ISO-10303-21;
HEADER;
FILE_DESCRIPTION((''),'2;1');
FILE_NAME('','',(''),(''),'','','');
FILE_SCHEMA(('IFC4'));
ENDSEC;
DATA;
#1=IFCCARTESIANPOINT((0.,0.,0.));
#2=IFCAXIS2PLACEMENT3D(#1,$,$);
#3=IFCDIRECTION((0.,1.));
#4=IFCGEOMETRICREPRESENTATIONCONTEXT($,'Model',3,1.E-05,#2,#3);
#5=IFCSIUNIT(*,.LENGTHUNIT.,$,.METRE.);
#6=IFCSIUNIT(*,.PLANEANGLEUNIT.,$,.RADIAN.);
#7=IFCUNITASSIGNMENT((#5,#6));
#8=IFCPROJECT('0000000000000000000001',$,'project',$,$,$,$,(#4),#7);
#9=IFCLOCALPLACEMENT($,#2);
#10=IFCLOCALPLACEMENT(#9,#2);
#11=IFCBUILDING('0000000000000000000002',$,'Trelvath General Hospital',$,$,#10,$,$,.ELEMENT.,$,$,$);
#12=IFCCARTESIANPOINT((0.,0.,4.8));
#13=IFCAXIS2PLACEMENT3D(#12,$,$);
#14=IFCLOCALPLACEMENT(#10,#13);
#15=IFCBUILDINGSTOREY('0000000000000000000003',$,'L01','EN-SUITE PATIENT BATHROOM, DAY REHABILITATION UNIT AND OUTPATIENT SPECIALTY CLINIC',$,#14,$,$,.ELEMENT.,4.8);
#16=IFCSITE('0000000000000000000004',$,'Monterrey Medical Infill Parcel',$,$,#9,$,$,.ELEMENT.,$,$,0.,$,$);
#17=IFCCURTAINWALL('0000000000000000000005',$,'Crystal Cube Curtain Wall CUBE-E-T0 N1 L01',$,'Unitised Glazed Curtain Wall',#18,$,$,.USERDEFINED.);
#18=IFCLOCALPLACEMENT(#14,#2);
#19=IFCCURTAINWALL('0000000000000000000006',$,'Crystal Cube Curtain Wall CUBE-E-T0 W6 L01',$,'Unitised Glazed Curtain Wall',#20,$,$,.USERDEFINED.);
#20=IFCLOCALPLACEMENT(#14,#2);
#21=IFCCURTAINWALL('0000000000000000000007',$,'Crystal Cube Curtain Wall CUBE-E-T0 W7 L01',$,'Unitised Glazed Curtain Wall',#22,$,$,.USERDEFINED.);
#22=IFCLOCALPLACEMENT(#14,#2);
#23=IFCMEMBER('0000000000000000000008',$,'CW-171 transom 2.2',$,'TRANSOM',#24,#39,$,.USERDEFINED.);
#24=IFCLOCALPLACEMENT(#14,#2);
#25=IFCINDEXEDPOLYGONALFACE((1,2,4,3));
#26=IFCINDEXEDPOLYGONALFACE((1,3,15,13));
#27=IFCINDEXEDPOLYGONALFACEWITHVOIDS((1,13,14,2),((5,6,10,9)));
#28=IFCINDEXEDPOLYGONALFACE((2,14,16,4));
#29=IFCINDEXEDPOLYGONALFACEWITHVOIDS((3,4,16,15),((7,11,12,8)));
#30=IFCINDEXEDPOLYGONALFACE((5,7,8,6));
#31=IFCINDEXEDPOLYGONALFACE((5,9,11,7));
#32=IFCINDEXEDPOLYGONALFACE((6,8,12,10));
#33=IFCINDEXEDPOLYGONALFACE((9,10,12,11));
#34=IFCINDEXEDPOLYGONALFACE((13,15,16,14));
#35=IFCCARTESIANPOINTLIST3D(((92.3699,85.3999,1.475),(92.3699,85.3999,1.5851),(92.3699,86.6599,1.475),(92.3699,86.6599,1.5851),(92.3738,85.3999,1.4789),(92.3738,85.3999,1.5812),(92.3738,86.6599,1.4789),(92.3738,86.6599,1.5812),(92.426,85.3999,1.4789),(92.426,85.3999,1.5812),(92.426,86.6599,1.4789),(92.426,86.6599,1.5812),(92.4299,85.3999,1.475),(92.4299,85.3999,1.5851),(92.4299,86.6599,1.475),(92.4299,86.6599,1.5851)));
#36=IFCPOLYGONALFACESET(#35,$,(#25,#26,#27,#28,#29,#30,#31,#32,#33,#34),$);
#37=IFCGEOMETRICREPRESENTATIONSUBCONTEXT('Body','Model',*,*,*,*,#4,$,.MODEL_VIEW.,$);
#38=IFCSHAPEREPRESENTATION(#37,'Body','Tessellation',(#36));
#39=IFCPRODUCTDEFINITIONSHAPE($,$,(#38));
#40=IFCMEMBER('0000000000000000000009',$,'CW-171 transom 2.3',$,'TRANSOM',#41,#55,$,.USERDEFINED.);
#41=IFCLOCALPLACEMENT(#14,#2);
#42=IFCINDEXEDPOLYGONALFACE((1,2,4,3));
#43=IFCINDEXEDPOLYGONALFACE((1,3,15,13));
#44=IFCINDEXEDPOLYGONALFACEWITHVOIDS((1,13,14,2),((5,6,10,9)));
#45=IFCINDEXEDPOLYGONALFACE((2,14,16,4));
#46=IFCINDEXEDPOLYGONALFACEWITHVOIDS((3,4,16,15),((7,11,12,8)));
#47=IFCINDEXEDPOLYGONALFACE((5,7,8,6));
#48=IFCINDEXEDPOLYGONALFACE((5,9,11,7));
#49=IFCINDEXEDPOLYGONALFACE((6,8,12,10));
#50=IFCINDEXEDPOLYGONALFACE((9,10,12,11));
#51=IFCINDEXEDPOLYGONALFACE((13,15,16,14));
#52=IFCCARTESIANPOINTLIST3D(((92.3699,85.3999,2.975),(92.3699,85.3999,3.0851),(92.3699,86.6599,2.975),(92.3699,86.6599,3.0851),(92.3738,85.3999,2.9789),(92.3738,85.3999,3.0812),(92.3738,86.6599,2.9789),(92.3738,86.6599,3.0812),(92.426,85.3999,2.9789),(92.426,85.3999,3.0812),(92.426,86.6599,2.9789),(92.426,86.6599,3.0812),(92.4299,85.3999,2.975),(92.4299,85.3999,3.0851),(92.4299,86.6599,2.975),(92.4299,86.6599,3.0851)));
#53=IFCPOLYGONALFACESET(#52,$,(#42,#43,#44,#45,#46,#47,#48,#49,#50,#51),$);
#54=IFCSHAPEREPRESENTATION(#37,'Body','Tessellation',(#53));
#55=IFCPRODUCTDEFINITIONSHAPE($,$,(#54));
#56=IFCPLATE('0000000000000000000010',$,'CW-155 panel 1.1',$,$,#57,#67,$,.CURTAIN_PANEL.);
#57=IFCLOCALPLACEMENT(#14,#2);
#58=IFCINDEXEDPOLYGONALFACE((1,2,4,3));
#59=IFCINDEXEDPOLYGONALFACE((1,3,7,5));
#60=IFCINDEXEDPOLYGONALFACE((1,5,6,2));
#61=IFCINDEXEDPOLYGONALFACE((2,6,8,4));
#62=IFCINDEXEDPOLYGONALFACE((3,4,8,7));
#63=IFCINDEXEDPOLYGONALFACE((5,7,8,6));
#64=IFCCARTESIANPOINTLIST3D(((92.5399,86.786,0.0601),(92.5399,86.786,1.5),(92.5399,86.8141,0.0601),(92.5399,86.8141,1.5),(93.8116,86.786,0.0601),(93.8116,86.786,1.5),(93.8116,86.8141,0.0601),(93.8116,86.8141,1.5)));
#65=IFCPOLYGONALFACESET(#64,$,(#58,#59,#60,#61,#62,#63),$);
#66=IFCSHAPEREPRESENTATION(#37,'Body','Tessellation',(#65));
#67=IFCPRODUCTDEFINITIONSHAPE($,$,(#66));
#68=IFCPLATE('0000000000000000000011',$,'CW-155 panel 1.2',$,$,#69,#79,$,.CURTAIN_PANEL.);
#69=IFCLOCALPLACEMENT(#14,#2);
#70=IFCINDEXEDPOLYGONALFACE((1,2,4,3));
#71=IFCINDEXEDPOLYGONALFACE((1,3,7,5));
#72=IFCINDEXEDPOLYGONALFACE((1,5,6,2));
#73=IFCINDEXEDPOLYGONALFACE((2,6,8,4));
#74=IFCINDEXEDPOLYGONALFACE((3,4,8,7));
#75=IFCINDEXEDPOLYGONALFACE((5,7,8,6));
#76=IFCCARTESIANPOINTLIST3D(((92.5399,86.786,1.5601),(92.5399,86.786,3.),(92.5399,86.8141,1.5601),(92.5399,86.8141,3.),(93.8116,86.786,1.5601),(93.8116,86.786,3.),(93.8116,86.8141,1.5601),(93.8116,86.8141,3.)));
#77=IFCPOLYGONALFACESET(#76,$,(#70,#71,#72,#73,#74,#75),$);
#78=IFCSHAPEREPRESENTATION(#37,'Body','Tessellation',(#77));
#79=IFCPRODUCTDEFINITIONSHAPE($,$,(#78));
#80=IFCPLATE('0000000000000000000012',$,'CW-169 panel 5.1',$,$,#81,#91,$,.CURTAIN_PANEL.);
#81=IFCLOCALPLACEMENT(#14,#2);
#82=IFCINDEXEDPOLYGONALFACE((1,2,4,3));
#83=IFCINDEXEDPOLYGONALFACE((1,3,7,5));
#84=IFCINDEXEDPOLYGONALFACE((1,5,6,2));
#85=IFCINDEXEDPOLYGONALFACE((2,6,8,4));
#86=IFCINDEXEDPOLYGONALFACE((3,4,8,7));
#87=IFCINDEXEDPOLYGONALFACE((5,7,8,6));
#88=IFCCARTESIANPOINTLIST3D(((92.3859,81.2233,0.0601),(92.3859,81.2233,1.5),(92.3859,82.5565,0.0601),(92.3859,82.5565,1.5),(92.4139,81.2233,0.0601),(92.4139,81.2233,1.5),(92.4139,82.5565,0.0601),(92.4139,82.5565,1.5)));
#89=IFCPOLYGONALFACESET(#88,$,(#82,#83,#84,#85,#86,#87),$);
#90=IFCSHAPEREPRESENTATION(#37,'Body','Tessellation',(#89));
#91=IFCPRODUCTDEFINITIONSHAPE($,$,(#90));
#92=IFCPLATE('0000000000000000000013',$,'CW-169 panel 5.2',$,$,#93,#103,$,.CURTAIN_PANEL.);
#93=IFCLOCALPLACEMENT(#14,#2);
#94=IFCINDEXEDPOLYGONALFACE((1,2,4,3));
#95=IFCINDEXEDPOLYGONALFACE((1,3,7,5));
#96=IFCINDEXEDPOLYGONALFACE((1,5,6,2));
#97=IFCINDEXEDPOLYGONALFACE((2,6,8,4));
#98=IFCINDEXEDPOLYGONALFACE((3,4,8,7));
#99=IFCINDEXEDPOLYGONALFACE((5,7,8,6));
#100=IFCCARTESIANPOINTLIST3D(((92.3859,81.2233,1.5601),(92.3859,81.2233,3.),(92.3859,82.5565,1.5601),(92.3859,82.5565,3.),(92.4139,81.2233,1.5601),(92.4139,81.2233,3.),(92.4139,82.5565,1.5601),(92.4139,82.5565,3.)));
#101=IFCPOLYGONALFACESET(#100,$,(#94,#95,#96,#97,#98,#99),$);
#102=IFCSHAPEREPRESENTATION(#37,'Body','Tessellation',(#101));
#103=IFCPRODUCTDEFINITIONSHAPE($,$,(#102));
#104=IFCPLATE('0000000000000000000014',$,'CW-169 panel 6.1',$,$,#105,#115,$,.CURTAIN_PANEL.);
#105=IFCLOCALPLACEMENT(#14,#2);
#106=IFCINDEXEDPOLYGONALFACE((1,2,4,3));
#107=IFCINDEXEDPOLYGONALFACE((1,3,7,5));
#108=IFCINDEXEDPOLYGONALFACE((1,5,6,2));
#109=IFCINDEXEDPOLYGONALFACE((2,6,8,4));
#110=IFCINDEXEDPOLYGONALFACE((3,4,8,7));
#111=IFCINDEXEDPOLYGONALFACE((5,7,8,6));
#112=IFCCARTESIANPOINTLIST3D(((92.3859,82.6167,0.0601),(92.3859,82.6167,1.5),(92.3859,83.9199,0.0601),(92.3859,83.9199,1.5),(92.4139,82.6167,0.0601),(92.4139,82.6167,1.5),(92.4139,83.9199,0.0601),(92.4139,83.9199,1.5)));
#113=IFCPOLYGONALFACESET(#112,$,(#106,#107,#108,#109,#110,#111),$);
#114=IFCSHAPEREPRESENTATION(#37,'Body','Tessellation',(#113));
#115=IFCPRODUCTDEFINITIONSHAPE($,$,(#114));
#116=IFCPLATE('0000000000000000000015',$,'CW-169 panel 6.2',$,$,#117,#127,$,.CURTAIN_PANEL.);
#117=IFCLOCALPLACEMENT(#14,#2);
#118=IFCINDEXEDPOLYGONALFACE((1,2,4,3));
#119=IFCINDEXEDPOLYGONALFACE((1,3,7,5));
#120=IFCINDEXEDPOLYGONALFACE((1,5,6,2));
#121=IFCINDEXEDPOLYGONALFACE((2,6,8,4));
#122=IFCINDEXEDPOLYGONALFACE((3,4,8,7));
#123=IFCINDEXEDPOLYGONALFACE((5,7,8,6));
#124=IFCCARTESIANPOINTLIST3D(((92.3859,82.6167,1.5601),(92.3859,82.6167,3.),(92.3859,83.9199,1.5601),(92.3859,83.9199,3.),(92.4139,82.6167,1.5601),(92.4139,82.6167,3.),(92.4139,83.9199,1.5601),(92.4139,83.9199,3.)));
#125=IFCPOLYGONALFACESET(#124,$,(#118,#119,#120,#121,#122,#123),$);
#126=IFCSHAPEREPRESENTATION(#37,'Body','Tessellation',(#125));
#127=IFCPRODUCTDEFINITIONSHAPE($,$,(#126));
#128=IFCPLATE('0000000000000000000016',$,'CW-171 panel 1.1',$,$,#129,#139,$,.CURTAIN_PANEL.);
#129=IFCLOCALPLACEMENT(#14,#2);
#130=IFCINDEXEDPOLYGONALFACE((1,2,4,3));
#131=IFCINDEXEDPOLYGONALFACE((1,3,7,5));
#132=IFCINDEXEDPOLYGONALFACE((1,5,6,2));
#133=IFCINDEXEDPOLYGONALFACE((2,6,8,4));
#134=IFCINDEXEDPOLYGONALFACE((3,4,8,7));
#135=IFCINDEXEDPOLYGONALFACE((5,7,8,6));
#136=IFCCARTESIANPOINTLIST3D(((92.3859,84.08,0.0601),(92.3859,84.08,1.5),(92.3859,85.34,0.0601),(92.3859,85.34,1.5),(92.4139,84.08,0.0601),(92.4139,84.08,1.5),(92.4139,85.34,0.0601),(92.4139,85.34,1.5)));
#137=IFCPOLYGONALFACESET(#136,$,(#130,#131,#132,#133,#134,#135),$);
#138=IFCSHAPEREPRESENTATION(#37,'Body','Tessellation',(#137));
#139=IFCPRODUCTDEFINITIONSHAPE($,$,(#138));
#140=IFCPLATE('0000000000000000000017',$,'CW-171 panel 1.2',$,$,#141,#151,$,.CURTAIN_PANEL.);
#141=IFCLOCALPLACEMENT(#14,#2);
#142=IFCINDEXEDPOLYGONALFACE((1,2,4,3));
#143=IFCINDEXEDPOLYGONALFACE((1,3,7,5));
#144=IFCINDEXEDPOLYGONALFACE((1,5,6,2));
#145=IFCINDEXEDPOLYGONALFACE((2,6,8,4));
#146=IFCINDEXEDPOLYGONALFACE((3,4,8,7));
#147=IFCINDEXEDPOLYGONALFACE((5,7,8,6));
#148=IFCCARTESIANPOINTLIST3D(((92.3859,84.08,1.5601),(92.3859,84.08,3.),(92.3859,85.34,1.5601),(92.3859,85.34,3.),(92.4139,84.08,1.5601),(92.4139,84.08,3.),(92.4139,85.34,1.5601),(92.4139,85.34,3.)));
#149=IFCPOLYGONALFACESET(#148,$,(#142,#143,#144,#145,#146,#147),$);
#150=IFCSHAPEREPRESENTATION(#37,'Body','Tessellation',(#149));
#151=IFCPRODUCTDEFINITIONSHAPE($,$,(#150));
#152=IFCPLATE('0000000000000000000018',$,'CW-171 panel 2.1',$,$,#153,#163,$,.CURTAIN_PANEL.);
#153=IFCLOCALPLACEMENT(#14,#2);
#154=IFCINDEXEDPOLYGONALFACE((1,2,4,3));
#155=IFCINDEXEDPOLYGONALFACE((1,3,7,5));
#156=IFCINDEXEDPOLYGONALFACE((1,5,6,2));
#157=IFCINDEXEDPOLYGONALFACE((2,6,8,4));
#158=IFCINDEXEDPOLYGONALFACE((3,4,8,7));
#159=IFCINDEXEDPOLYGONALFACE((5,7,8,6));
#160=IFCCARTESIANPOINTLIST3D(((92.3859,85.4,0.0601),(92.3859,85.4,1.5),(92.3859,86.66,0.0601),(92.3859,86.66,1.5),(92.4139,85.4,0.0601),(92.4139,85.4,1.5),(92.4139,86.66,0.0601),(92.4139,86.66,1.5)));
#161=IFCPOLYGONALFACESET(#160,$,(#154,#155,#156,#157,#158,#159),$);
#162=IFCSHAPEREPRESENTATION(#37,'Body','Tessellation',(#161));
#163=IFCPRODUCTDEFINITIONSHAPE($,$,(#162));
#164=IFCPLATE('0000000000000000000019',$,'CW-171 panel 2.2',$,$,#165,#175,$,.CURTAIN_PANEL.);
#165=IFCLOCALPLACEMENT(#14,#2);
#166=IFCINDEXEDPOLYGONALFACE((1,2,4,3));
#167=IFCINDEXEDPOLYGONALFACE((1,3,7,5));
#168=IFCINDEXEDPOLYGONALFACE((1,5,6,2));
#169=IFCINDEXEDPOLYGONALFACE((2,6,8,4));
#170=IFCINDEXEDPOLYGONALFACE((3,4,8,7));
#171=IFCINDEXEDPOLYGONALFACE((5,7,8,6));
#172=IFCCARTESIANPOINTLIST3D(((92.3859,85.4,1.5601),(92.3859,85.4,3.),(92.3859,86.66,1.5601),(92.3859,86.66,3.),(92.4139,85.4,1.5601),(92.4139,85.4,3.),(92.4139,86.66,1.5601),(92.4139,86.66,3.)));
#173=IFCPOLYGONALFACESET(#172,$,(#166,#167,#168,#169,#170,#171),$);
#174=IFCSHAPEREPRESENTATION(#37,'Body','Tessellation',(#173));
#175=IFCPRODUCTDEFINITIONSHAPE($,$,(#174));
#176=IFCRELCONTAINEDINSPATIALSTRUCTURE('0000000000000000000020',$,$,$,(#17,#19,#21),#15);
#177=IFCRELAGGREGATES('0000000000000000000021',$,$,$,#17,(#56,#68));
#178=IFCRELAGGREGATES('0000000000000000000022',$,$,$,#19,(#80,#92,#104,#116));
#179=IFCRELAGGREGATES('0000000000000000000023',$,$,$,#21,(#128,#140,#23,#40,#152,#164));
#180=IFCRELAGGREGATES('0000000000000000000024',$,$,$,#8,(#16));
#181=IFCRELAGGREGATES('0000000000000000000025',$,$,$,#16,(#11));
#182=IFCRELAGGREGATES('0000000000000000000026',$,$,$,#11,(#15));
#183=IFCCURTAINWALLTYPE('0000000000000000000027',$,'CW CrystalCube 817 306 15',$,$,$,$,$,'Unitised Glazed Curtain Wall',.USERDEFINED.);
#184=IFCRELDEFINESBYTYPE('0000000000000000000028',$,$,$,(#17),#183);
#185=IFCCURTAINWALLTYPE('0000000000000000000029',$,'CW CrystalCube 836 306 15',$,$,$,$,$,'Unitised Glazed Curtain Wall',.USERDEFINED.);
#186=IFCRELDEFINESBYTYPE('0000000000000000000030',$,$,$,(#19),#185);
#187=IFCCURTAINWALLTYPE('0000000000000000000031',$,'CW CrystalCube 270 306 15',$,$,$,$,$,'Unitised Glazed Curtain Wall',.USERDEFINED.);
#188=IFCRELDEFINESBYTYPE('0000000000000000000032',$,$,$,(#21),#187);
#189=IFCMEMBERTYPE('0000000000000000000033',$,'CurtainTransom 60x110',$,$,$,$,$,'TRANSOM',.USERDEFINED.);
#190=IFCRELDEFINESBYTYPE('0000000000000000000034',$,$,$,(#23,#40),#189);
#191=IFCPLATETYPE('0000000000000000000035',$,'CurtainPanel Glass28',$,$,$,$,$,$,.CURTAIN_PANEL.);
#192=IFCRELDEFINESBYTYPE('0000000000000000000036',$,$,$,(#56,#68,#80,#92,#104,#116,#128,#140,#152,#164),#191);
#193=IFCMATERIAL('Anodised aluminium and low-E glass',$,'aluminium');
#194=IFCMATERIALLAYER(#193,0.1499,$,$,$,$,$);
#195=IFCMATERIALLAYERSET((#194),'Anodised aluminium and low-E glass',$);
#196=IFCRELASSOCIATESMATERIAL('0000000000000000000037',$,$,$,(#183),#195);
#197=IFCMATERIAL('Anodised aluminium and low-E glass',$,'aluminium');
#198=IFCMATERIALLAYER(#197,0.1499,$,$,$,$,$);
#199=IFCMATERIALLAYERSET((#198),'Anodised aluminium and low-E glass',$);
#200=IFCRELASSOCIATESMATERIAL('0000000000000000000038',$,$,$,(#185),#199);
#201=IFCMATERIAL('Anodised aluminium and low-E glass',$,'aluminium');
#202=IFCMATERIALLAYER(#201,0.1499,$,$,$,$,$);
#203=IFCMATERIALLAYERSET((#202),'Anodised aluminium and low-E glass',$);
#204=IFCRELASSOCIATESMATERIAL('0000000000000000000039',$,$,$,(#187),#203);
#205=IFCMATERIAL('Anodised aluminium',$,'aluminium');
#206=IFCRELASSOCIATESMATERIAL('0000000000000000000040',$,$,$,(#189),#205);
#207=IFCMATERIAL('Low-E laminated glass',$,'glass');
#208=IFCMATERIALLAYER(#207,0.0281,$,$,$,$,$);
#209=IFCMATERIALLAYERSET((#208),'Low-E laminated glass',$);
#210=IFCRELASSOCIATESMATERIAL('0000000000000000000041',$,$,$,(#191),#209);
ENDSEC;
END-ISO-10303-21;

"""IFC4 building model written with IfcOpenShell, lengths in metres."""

from ifc_helpers import new_model, si_unit, direction, frame, origin, origin_2d, place, context, subcontext, project, spatial, rectangle, hollow_rectangle, extrude, material, layer, layer_set, material_profile, profile_set, type_object, element, aggregate, save


model = new_model("IFC4")

# Units and contexts
model_context = context("Model", 3, precision=1e-05, world=origin(), true_north=direction((0.0, 1.0)))
body_context = subcontext(model_context, "Body", "Model", "MODEL_VIEW")
ifc_project = project(units=[si_unit("LENGTHUNIT", "METRE"), si_unit("PLANEANGLEUNIT", "RADIAN")], contexts=[model_context])

# Site, building, storey
site_placement = place(None, origin())
site = spatial("IfcSite", under=ifc_project, at=site_placement, Name="Monterrey Medical Infill Parcel", CompositionType="ELEMENT", RefElevation=0.0)
building_placement = place(site_placement, origin())
building = spatial("IfcBuilding", under=site, at=building_placement, Name="Trelvath General Hospital", CompositionType="ELEMENT")
storey_placement = place(building_placement, frame((0.0, 0.0, 4.8)))
storey = spatial("IfcBuildingStorey", under=building, at=storey_placement, Name="L01", Description="EN-SUITE PATIENT BATHROOM, DAY REHABILITATION UNIT AND OUTPATIENT SPECIALTY CLINIC", CompositionType="ELEMENT", Elevation=4.8)

# Curtain walls
ifc_material_1 = material(Name="Anodised aluminium and low-E glass", Category="aluminium")
ifc_layer_1 = layer(ifc_material_1, 0.1499)
ifc_layer_set_1 = layer_set([ifc_layer_1], Name="Anodised aluminium and low-E glass")
curtain_wall_type_1 = type_object("IfcCurtainWallType", Name="CW CrystalCube 817 306 15", ElementType="Unitised Glazed Curtain Wall", PredefinedType="USERDEFINED", material=ifc_layer_set_1)
curtain_wall_1_placement = place(storey_placement, origin())
curtain_wall_1 = element("IfcCurtainWall", 1, at=curtain_wall_1_placement, inside=storey, type_object=curtain_wall_type_1, Name="Crystal Cube Curtain Wall CUBE-E-T0 N1 L01", ObjectType="Unitised Glazed Curtain Wall", PredefinedType="USERDEFINED")
ifc_material_2 = material(Name="Anodised aluminium and low-E glass", Category="aluminium")
ifc_layer_2 = layer(ifc_material_2, 0.1499)
ifc_layer_set_2 = layer_set([ifc_layer_2], Name="Anodised aluminium and low-E glass")
curtain_wall_type_2 = type_object("IfcCurtainWallType", Name="CW CrystalCube 836 306 15", ElementType="Unitised Glazed Curtain Wall", PredefinedType="USERDEFINED", material=ifc_layer_set_2)
curtain_wall_2_placement = place(storey_placement, origin())
curtain_wall_2 = element("IfcCurtainWall", 2, at=curtain_wall_2_placement, inside=storey, type_object=curtain_wall_type_2, Name="Crystal Cube Curtain Wall CUBE-E-T0 W6 L01", ObjectType="Unitised Glazed Curtain Wall", PredefinedType="USERDEFINED")
ifc_material_3 = material(Name="Anodised aluminium and low-E glass", Category="aluminium")
ifc_layer_3 = layer(ifc_material_3, 0.1499)
ifc_layer_set_3 = layer_set([ifc_layer_3], Name="Anodised aluminium and low-E glass")
curtain_wall_type_3 = type_object("IfcCurtainWallType", Name="CW CrystalCube 270 306 15", ElementType="Unitised Glazed Curtain Wall", PredefinedType="USERDEFINED", material=ifc_layer_set_3)
curtain_wall_3_placement = place(storey_placement, origin())
curtain_wall_3 = element("IfcCurtainWall", 3, at=curtain_wall_3_placement, inside=storey, type_object=curtain_wall_type_3, Name="Crystal Cube Curtain Wall CUBE-E-T0 W7 L01", ObjectType="Unitised Glazed Curtain Wall", PredefinedType="USERDEFINED")

# Members
ifc_material_4 = material(Name="Anodised aluminium", Category="aluminium")
ifc_material_profile_1 = material_profile(ifc_material_4, hollow_rectangle(XDim=0.0601, YDim=0.1101, WallThickness=0.0039, at=origin_2d()), Name="RHS60x110x4")
ifc_profile_set_1 = profile_set([ifc_material_profile_1], Name="Anodised aluminium")
member_type_1 = type_object("IfcMemberType", Name="CurtainTransom 60x110", ElementType="TRANSOM", PredefinedType="USERDEFINED", material=ifc_profile_set_1)
member_1_placement = place(storey_placement, frame((92.3999, 85.3999, 1.53), z_axis=(0.0, 1.0, 0.0), x_axis=(-1.0, 0.0, 0.0)))
member_1 = element("IfcMember", 4, at=member_1_placement, type_object=member_type_1, Name="CW-171 transom 2.2", ObjectType="TRANSOM", PredefinedType="USERDEFINED", context=body_context, shape_type="SweptSolid", body=[
    extrude(hollow_rectangle(XDim=0.0601, YDim=0.1101, WallThickness=0.0039, at=origin_2d()), origin(), (0.0, 0.0, 1.0), 1.26),
])
member_2_placement = place(storey_placement, frame((92.3999, 85.3999, 3.03), z_axis=(0.0, 1.0, 0.0), x_axis=(-1.0, 0.0, 0.0)))
member_2 = element("IfcMember", 5, at=member_2_placement, type_object=member_type_1, Name="CW-171 transom 2.3", ObjectType="TRANSOM", PredefinedType="USERDEFINED", context=body_context, shape_type="SweptSolid", body=[
    extrude(hollow_rectangle(XDim=0.0601, YDim=0.1101, WallThickness=0.0039, at=origin_2d()), origin(), (0.0, 0.0, 1.0), 1.26),
])

# Plates
ifc_material_5 = material(Name="Low-E laminated glass", Category="glass")
ifc_layer_4 = layer(ifc_material_5, 0.0281)
ifc_layer_set_4 = layer_set([ifc_layer_4], Name="Low-E laminated glass")
plate_type = type_object("IfcPlateType", Name="CurtainPanel Glass28", PredefinedType="CURTAIN_PANEL", material=ifc_layer_set_4)
plate_1_placement = place(storey_placement, frame((93.1758, 86.8, 0.0601), z_axis=(0.0, 0.0, 1.0), x_axis=(1.0, 0.0, 0.0)))
plate_1 = element("IfcPlate", 6, at=plate_1_placement, type_object=plate_type, Name="CW-155 panel 1.1", PredefinedType="CURTAIN_PANEL", context=body_context, shape_type="SweptSolid", body=[
    extrude(rectangle(XDim=1.2717, YDim=0.0281, at=origin_2d()), origin(), (0.0, 0.0, 1.0), 1.4399),
])
plate_2_placement = place(storey_placement, frame((93.1758, 86.8, 1.5601), z_axis=(0.0, 0.0, 1.0), x_axis=(1.0, 0.0, 0.0)))
plate_2 = element("IfcPlate", 7, at=plate_2_placement, type_object=plate_type, Name="CW-155 panel 1.2", PredefinedType="CURTAIN_PANEL", context=body_context, shape_type="SweptSolid", body=[
    extrude(rectangle(XDim=1.2717, YDim=0.0281, at=origin_2d()), origin(), (0.0, 0.0, 1.0), 1.4399),
])
aggregate(curtain_wall_1, [plate_1, plate_2])
plate_3_placement = place(storey_placement, frame((92.3999, 81.8899, 0.0601), z_axis=(0.0, 0.0, 1.0), x_axis=(0.0, 1.0, 0.0)))
plate_3 = element("IfcPlate", 8, at=plate_3_placement, type_object=plate_type, Name="CW-169 panel 5.1", PredefinedType="CURTAIN_PANEL", context=body_context, shape_type="SweptSolid", body=[
    extrude(rectangle(XDim=1.3333, YDim=0.0281, at=origin_2d()), origin(), (0.0, 0.0, 1.0), 1.4399),
])
plate_4_placement = place(storey_placement, frame((92.3999, 81.8899, 1.5601), z_axis=(0.0, 0.0, 1.0), x_axis=(0.0, 1.0, 0.0)))
plate_4 = element("IfcPlate", 9, at=plate_4_placement, type_object=plate_type, Name="CW-169 panel 5.2", PredefinedType="CURTAIN_PANEL", context=body_context, shape_type="SweptSolid", body=[
    extrude(rectangle(XDim=1.3333, YDim=0.0281, at=origin_2d()), origin(), (0.0, 0.0, 1.0), 1.4399),
])
plate_5_placement = place(storey_placement, frame((92.3999, 83.2683, 0.0601), z_axis=(0.0, 0.0, 1.0), x_axis=(0.0, 1.0, 0.0)))
plate_5 = element("IfcPlate", 10, at=plate_5_placement, type_object=plate_type, Name="CW-169 panel 6.1", PredefinedType="CURTAIN_PANEL", context=body_context, shape_type="SweptSolid", body=[
    extrude(rectangle(XDim=1.3032, YDim=0.0281, at=origin_2d()), origin(), (0.0, 0.0, 1.0), 1.4399),
])
plate_6_placement = place(storey_placement, frame((92.3999, 83.2683, 1.5601), z_axis=(0.0, 0.0, 1.0), x_axis=(0.0, 1.0, 0.0)))
plate_6 = element("IfcPlate", 11, at=plate_6_placement, type_object=plate_type, Name="CW-169 panel 6.2", PredefinedType="CURTAIN_PANEL", context=body_context, shape_type="SweptSolid", body=[
    extrude(rectangle(XDim=1.3032, YDim=0.0281, at=origin_2d()), origin(), (0.0, 0.0, 1.0), 1.4399),
])
aggregate(curtain_wall_2, [plate_3, plate_4, plate_5, plate_6])
plate_7_placement = place(storey_placement, frame((92.3999, 84.71, 0.0601), z_axis=(0.0, 0.0, 1.0), x_axis=(0.0, 1.0, 0.0)))
plate_7 = element("IfcPlate", 12, at=plate_7_placement, type_object=plate_type, Name="CW-171 panel 1.1", PredefinedType="CURTAIN_PANEL", context=body_context, shape_type="SweptSolid", body=[
    extrude(rectangle(XDim=1.26, YDim=0.0281, at=origin_2d()), origin(), (0.0, 0.0, 1.0), 1.4399),
])
plate_8_placement = place(storey_placement, frame((92.3999, 84.71, 1.5601), z_axis=(0.0, 0.0, 1.0), x_axis=(0.0, 1.0, 0.0)))
plate_8 = element("IfcPlate", 13, at=plate_8_placement, type_object=plate_type, Name="CW-171 panel 1.2", PredefinedType="CURTAIN_PANEL", context=body_context, shape_type="SweptSolid", body=[
    extrude(rectangle(XDim=1.26, YDim=0.0281, at=origin_2d()), origin(), (0.0, 0.0, 1.0), 1.4399),
])
plate_9_placement = place(storey_placement, frame((92.3999, 86.03, 0.0601), z_axis=(0.0, 0.0, 1.0), x_axis=(0.0, 1.0, 0.0)))
plate_9 = element("IfcPlate", 14, at=plate_9_placement, type_object=plate_type, Name="CW-171 panel 2.1", PredefinedType="CURTAIN_PANEL", context=body_context, shape_type="SweptSolid", body=[
    extrude(rectangle(XDim=1.26, YDim=0.0281, at=origin_2d()), origin(), (0.0, 0.0, 1.0), 1.4399),
])
plate_10_placement = place(storey_placement, frame((92.3999, 86.03, 1.5601), z_axis=(0.0, 0.0, 1.0), x_axis=(0.0, 1.0, 0.0)))
plate_10 = element("IfcPlate", 15, at=plate_10_placement, type_object=plate_type, Name="CW-171 panel 2.2", PredefinedType="CURTAIN_PANEL", context=body_context, shape_type="SweptSolid", body=[
    extrude(rectangle(XDim=1.26, YDim=0.0281, at=origin_2d()), origin(), (0.0, 0.0, 1.0), 1.4399),
])
aggregate(curtain_wall_3, [plate_7, plate_8, member_1, member_2, plate_9, plate_10])

save(model, "model.ifc")
